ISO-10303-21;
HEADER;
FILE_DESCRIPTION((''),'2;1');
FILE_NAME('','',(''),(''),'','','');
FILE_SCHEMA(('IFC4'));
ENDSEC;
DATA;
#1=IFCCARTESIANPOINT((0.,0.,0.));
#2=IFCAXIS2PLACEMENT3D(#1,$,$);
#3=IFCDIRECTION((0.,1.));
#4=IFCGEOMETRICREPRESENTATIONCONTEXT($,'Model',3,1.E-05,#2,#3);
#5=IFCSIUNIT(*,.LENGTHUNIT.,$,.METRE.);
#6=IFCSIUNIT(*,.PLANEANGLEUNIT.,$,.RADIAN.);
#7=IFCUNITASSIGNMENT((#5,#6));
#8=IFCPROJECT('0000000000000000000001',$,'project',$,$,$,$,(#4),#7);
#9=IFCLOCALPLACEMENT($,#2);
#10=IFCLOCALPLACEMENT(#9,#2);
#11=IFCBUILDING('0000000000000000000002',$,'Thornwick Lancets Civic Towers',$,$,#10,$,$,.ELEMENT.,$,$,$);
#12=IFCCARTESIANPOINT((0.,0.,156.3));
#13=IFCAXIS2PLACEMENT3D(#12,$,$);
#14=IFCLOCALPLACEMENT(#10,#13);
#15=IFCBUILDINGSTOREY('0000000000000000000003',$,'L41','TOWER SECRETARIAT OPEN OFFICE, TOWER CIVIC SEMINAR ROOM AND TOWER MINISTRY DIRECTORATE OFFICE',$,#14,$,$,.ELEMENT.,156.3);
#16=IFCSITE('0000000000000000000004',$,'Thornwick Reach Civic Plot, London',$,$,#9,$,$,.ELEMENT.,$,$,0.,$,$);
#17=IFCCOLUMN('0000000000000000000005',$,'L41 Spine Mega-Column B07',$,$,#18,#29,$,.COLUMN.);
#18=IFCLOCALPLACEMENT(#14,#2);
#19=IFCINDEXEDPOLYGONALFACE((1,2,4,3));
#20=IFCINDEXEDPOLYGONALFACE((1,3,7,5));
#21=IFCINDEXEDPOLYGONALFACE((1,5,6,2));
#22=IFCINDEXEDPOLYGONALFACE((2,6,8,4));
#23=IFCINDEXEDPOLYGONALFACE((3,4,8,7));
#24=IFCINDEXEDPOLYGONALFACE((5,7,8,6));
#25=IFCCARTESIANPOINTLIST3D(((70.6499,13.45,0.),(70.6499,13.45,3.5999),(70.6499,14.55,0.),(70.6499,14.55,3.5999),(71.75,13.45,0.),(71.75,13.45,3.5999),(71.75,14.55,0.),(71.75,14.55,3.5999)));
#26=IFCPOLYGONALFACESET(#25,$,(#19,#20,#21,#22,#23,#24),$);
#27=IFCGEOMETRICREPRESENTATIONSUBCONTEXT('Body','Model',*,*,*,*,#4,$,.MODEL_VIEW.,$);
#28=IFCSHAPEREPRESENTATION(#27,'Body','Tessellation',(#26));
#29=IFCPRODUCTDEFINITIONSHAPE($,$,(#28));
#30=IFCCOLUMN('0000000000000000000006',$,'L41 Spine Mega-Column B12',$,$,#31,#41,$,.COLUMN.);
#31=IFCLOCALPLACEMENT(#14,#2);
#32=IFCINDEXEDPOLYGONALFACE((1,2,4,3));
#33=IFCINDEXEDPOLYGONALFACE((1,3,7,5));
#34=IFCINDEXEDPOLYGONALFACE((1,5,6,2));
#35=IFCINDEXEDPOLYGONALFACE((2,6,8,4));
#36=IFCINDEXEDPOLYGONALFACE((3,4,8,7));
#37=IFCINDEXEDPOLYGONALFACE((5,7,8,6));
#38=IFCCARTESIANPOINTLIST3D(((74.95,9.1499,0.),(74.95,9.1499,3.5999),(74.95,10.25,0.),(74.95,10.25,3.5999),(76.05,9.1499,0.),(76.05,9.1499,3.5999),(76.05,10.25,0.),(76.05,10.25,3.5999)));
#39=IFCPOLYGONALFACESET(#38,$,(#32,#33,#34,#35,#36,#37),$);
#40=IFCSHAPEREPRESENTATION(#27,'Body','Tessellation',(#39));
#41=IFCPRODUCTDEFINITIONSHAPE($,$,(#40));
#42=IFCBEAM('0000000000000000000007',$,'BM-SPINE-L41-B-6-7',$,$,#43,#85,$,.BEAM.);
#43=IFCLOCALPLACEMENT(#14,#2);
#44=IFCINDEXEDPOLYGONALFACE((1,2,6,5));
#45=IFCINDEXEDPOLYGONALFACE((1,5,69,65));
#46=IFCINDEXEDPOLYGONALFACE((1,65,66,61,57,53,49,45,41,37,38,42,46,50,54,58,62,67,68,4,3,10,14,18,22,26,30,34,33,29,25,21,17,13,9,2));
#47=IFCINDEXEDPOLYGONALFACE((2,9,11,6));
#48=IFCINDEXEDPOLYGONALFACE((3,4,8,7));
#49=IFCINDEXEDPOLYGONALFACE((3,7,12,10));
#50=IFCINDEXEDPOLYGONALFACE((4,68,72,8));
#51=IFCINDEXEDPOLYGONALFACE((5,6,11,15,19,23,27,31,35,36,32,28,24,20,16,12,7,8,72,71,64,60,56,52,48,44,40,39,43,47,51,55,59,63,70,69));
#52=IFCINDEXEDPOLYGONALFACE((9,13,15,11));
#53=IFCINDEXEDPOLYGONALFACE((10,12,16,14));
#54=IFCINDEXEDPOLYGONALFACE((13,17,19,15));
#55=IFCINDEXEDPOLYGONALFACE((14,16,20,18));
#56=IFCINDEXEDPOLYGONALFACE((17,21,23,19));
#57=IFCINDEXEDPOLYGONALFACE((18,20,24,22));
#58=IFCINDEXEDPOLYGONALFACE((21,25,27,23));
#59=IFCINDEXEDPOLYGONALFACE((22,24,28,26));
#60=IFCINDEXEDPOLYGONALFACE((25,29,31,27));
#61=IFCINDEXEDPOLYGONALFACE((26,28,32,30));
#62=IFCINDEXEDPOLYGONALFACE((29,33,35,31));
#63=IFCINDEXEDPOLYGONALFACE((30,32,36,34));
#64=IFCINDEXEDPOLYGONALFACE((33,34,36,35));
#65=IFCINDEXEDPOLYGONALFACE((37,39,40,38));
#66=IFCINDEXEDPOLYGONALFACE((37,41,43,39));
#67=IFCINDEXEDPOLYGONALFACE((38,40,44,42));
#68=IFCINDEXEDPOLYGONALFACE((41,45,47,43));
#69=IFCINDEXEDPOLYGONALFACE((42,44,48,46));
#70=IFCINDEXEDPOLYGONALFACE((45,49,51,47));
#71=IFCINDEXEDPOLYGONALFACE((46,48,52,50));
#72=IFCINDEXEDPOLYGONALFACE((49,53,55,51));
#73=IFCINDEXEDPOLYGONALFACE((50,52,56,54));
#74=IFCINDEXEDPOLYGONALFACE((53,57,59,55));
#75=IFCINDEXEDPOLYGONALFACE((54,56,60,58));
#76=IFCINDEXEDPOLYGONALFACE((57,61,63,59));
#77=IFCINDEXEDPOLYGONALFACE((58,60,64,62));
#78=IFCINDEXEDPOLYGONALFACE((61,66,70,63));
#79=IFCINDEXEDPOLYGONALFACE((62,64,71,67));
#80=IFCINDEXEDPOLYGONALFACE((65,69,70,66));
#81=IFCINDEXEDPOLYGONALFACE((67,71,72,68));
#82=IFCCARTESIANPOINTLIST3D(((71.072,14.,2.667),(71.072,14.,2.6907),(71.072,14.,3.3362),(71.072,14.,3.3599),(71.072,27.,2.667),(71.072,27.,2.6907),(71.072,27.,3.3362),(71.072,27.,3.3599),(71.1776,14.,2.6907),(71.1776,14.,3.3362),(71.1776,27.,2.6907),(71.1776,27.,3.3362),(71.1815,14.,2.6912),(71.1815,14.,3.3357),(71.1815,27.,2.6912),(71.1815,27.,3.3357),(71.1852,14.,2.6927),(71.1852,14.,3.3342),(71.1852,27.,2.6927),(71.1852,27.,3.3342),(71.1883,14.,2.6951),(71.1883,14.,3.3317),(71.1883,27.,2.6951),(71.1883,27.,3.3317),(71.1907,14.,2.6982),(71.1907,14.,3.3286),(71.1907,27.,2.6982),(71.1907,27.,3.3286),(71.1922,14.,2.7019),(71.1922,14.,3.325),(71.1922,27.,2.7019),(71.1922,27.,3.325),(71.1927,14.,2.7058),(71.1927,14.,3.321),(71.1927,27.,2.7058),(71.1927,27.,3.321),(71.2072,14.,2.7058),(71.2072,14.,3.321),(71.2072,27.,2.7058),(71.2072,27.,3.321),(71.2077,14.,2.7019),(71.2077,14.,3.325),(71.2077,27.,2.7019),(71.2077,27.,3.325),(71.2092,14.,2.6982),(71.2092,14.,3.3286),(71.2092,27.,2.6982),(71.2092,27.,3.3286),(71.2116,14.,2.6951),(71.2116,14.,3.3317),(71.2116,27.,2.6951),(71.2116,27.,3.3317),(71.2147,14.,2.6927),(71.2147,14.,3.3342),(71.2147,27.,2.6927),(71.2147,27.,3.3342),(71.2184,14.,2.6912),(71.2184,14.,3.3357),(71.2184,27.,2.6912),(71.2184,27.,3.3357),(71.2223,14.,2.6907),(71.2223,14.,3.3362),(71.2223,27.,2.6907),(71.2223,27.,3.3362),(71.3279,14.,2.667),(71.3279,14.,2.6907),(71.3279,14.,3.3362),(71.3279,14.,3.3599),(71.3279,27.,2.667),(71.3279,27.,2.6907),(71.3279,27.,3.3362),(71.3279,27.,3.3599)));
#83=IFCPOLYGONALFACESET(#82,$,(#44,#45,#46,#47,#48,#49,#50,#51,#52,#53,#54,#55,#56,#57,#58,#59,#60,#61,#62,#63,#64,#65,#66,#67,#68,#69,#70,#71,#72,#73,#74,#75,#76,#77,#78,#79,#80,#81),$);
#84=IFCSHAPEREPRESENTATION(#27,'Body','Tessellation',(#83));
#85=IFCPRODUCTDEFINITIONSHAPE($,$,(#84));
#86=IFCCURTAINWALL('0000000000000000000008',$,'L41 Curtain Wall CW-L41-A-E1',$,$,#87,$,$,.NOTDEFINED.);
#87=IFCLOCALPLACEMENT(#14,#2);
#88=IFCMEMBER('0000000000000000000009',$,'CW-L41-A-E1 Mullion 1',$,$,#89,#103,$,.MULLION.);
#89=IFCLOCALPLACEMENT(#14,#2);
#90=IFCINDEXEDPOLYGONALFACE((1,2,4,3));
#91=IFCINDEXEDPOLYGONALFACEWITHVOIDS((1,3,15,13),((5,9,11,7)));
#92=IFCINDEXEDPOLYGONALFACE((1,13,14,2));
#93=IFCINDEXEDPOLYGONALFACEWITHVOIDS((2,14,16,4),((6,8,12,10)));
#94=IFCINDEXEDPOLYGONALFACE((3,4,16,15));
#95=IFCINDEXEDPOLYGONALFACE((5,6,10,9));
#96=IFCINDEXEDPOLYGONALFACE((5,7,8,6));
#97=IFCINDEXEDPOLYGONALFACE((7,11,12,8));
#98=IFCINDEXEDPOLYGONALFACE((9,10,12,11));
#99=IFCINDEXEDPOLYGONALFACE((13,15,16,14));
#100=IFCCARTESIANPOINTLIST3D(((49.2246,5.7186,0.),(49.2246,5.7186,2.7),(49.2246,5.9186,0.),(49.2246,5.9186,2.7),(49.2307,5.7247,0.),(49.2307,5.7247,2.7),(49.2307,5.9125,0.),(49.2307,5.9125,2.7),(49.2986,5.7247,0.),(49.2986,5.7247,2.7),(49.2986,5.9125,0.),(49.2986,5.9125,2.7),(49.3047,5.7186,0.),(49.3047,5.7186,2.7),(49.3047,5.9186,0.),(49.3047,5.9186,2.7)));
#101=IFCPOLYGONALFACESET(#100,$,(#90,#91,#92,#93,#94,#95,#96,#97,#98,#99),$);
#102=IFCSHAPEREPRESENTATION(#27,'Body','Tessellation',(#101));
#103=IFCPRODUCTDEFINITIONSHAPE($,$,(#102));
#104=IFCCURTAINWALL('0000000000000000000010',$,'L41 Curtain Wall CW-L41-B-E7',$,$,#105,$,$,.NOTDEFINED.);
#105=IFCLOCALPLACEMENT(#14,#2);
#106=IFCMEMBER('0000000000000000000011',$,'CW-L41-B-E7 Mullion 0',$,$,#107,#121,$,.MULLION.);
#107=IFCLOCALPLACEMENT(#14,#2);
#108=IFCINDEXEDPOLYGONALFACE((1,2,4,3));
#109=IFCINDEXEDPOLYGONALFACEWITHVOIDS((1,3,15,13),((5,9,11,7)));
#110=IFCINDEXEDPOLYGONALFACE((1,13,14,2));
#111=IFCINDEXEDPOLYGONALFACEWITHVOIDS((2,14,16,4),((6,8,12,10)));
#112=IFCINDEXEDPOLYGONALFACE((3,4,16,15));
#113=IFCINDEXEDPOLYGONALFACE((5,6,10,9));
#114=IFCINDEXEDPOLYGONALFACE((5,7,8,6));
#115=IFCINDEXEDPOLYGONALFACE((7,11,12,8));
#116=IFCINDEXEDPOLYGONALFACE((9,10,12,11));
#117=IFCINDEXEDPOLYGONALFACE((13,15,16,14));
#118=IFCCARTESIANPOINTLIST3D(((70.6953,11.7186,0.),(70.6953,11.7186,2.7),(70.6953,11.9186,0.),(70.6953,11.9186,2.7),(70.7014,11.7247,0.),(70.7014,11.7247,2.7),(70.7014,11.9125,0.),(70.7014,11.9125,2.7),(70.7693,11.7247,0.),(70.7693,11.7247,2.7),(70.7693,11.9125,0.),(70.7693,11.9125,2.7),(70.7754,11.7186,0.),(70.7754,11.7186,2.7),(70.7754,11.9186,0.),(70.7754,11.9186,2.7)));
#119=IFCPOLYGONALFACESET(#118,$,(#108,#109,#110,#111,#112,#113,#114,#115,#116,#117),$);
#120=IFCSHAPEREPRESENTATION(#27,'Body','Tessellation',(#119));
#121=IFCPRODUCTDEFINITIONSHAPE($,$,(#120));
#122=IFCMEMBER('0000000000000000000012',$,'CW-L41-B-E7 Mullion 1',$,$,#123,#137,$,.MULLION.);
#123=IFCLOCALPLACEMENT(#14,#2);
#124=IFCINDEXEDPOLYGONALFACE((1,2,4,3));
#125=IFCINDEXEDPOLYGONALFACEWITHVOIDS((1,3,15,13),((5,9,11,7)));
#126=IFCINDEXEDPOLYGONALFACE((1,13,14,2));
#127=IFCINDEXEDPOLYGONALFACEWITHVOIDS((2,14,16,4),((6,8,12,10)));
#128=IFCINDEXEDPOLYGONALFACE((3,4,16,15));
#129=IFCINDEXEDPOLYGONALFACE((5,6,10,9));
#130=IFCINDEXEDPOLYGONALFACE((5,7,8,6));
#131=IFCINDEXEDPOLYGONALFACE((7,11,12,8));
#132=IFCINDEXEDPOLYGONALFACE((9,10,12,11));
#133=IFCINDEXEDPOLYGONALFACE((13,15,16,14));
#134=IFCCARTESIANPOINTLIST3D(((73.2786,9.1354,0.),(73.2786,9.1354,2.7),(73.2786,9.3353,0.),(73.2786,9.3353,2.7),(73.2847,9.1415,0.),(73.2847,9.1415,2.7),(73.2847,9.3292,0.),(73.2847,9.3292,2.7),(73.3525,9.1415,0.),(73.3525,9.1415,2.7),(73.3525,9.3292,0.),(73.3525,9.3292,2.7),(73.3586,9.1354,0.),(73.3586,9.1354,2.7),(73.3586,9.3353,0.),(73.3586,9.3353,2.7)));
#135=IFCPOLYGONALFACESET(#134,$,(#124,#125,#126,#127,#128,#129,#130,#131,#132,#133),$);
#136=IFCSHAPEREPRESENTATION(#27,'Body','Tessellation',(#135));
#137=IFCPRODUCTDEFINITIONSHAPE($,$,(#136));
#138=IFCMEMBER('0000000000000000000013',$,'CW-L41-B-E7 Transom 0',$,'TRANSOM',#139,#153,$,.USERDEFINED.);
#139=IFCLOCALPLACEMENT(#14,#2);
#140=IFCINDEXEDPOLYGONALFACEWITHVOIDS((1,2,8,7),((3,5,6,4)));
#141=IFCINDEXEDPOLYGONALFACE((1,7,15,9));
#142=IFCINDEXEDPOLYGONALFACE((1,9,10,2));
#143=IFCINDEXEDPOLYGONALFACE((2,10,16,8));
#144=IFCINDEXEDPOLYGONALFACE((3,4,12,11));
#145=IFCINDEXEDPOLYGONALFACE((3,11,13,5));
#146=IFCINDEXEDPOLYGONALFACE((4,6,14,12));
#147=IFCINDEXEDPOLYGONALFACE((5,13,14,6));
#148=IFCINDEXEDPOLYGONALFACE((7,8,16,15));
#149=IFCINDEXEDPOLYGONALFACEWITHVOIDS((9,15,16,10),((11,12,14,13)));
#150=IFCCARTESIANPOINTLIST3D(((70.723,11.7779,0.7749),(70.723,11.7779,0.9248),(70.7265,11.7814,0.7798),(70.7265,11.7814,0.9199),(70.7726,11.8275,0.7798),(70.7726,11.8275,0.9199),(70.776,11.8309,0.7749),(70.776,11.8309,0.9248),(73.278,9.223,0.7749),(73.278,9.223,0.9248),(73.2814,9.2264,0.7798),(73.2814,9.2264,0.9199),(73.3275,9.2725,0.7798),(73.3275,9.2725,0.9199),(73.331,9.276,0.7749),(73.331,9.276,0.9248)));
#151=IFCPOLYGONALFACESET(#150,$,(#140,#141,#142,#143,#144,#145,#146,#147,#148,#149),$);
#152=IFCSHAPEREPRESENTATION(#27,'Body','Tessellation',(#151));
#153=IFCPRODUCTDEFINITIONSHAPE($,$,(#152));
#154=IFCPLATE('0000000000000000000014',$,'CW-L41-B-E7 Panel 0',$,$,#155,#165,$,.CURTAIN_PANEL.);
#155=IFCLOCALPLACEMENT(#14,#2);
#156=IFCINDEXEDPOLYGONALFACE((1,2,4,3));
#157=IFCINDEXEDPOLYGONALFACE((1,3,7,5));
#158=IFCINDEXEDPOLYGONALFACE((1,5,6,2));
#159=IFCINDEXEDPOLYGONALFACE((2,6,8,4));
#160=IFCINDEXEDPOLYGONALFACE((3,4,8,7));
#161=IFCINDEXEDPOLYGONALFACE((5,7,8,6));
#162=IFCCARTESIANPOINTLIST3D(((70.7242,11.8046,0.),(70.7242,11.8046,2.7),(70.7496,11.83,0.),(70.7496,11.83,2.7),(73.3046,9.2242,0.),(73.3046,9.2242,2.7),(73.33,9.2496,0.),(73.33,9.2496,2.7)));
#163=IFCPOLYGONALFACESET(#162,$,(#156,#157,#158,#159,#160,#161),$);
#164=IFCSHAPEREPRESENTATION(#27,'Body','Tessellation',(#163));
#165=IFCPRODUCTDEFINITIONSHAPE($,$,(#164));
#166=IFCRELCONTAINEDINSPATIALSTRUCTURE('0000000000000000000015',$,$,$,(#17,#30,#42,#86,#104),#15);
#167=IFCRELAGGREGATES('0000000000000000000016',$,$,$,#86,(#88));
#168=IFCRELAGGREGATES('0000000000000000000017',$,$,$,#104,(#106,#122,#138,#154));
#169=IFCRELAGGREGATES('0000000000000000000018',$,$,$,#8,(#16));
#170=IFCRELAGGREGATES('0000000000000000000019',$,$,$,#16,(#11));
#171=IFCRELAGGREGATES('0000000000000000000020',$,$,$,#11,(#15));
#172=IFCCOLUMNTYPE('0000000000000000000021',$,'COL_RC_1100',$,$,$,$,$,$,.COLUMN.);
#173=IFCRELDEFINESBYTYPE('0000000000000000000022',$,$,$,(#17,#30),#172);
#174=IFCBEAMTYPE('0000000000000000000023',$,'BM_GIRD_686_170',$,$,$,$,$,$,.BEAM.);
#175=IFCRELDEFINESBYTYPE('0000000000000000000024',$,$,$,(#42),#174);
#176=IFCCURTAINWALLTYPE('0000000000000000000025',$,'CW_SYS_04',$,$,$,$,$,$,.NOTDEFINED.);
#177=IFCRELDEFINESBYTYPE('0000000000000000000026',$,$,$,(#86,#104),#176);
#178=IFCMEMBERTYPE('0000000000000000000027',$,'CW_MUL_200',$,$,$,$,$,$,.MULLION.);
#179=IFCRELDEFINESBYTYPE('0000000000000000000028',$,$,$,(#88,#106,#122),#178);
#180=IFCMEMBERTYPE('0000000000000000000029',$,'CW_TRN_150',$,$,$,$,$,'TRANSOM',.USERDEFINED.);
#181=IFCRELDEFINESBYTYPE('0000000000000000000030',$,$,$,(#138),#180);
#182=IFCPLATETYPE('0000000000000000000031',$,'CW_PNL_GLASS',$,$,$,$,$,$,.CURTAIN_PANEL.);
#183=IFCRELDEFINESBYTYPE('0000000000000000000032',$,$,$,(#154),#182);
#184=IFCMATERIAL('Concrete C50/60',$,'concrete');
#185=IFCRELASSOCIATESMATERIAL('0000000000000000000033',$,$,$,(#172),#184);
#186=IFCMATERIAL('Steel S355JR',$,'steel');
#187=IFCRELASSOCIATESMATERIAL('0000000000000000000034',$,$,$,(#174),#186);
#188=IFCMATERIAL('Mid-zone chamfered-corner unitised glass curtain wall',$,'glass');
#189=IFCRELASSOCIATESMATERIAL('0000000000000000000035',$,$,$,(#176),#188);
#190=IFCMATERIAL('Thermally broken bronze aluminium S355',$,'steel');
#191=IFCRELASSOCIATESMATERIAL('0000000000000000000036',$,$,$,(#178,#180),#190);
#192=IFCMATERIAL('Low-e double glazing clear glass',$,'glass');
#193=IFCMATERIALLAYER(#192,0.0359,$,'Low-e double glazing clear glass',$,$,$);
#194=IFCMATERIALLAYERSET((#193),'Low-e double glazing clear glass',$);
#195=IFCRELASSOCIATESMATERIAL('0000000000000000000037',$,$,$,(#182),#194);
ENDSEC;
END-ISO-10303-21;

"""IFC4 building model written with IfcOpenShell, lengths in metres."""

from ifc_helpers import new_model, si_unit, direction, frame, origin, origin_2d, place, context, subcontext, project, spatial, rectangle, hollow_rectangle, i_section, extrude, material, layer, layer_set, material_profile, profile_set, type_object, element, aggregate, save


model = new_model("IFC4")

# Units and contexts
model_context = context("Model", 3, precision=1e-05, world=origin(), true_north=direction((0.0, 1.0)))
body_context = subcontext(model_context, "Body", "Model", "MODEL_VIEW")
ifc_project = project(units=[si_unit("LENGTHUNIT", "METRE"), si_unit("PLANEANGLEUNIT", "RADIAN")], contexts=[model_context])

# Site, building, storey
site_placement = place(None, origin())
site = spatial("IfcSite", under=ifc_project, at=site_placement, Name="Thornwick Reach Civic Plot, London", CompositionType="ELEMENT", RefElevation=0.0)
building_placement = place(site_placement, origin())
building = spatial("IfcBuilding", under=site, at=building_placement, Name="Thornwick Lancets Civic Towers", CompositionType="ELEMENT")
storey_placement = place(building_placement, frame((0.0, 0.0, 156.3)))
storey = spatial("IfcBuildingStorey", under=building, at=storey_placement, Name="L41", Description="TOWER SECRETARIAT OPEN OFFICE, TOWER CIVIC SEMINAR ROOM AND TOWER MINISTRY DIRECTORATE OFFICE", CompositionType="ELEMENT", Elevation=156.3)

# Columns
ifc_material_1 = material(Name="Concrete C50/60", Category="concrete")
ifc_material_profile_1 = material_profile(ifc_material_1, rectangle(XDim=1.1001, YDim=1.1001, at=origin_2d()), Name="RC 1100x1100")
ifc_profile_set_1 = profile_set([ifc_material_profile_1], Name="Concrete C50/60")
column_type = type_object("IfcColumnType", Name="COL_RC_1100", PredefinedType="COLUMN", material=ifc_profile_set_1)
for number, where, z_axis, x_axis, name in (
    (1, (71.2, 14.0, 0.0), (0.0, 0.0, 1.0), (1.0, 0.0, 0.0), "L41 Spine Mega-Column B07"),
    (2, (75.5, 9.7, 0.0), (0.0, 0.0, 1.0), (1.0, 0.0, 0.0), "L41 Spine Mega-Column B12"),
):
    element("IfcColumn", number, at=place(storey_placement, frame(where, z_axis=z_axis, x_axis=x_axis)), inside=storey, type_object=column_type, Name=name, PredefinedType="COLUMN", context=body_context, shape_type="SweptSolid", body=[
        extrude(rectangle(XDim=1.1001, YDim=1.1001, at=origin_2d()), origin(), (0.0, 0.0, 1.0), 3.5999),
    ])

# Beam
ifc_material_2 = material(Name="Steel S355JR", Category="steel")
ifc_material_profile_2 = material_profile(ifc_material_2, i_section(OverallWidth=0.2559, OverallDepth=0.6929, WebThickness=0.0144, FlangeThickness=0.0237, FilletRadius=0.0151, at=origin_2d()), Name="UKB 686x254x170")
ifc_profile_set_2 = profile_set([ifc_material_profile_2], Name="Steel S355JR")
beam_type = type_object("IfcBeamType", Name="BM_GIRD_686_170", PredefinedType="BEAM", material=ifc_profile_set_2)
beam_placement = place(storey_placement, frame((71.2, 14.0, 3.0134), z_axis=(0.0, 1.0, 0.0), x_axis=(-1.0, 0.0, 0.0)))
element("IfcBeam", 3, at=beam_placement, inside=storey, type_object=beam_type, Name="BM-SPINE-L41-B-6-7", PredefinedType="BEAM", context=body_context, shape_type="SweptSolid", body=[
    extrude(i_section(OverallWidth=0.2559, OverallDepth=0.6929, WebThickness=0.0144, FlangeThickness=0.0237, FilletRadius=0.0151, at=origin_2d()), origin(), (0.0, 0.0, 1.0), 13.0),
])

# Curtain wall, member
ifc_material_3 = material(Name="Mid-zone chamfered-corner unitised glass curtain wall", Category="glass")
curtain_wall_type = type_object("IfcCurtainWallType", Name="CW_SYS_04", PredefinedType="NOTDEFINED", material=ifc_material_3)
curtain_wall_1_placement = place(storey_placement, origin())
curtain_wall_1 = element("IfcCurtainWall", 4, at=curtain_wall_1_placement, inside=storey, type_object=curtain_wall_type, Name="L41 Curtain Wall CW-L41-A-E1", PredefinedType="NOTDEFINED")
ifc_material_4 = material(Name="Thermally broken bronze aluminium S355", Category="steel")
ifc_material_profile_3 = material_profile(ifc_material_4, hollow_rectangle(XDim=0.0801, YDim=0.2, WallThickness=0.0061, at=origin_2d()), Name="RHS 200x80x6")
ifc_profile_set_3 = profile_set([ifc_material_profile_3], Name="Thermally broken bronze aluminium S355")
member_type_1 = type_object("IfcMemberType", Name="CW_MUL_200", PredefinedType="MULLION", material=ifc_profile_set_3)
member_1_placement = place(storey_placement, frame((49.2646, 5.8186, 0.0), z_axis=(0.0, 0.0, 1.0), x_axis=(1.0, 0.0, 0.0)))
member_1 = element("IfcMember", 5, at=member_1_placement, type_object=member_type_1, Name="CW-L41-A-E1 Mullion 1", PredefinedType="MULLION", context=body_context, shape_type="SweptSolid", body=[
    extrude(hollow_rectangle(XDim=0.0801, YDim=0.2, WallThickness=0.0061, at=origin_2d()), origin(), (0.0, 0.0, 1.0), 2.7),
])
aggregate(curtain_wall_1, [member_1])

# Curtain wall, members, plate
curtain_wall_2_placement = place(storey_placement, origin())
curtain_wall_2 = element("IfcCurtainWall", 6, at=curtain_wall_2_placement, inside=storey, type_object=curtain_wall_type, Name="L41 Curtain Wall CW-L41-B-E7", PredefinedType="NOTDEFINED")
member_2_placement = place(storey_placement, frame((70.7354, 11.8186, 0.0), z_axis=(0.0, 0.0, 1.0), x_axis=(1.0, 0.0, 0.0)))
member_2 = element("IfcMember", 7, at=member_2_placement, type_object=member_type_1, Name="CW-L41-B-E7 Mullion 0", PredefinedType="MULLION", context=body_context, shape_type="SweptSolid", body=[
    extrude(hollow_rectangle(XDim=0.0801, YDim=0.2, WallThickness=0.0061, at=origin_2d()), origin(), (0.0, 0.0, 1.0), 2.7),
])
member_3_placement = place(storey_placement, frame((73.3186, 9.2354, 0.0), z_axis=(0.0, 0.0, 1.0), x_axis=(1.0, 0.0, 0.0)))
member_3 = element("IfcMember", 8, at=member_3_placement, type_object=member_type_1, Name="CW-L41-B-E7 Mullion 1", PredefinedType="MULLION", context=body_context, shape_type="SweptSolid", body=[
    extrude(hollow_rectangle(XDim=0.0801, YDim=0.2, WallThickness=0.0061, at=origin_2d()), origin(), (0.0, 0.0, 1.0), 2.7),
])
ifc_material_profile_4 = material_profile(ifc_material_4, hollow_rectangle(XDim=0.075, YDim=0.1499, WallThickness=0.0049, at=origin_2d()), Name="RHS 150x75x5")
ifc_profile_set_4 = profile_set([ifc_material_profile_4], Name="Thermally broken bronze aluminium S355")
member_type_2 = type_object("IfcMemberType", Name="CW_TRN_150", ElementType="TRANSOM", PredefinedType="USERDEFINED", material=ifc_profile_set_4)
member_4_placement = place(storey_placement, frame((70.7495, 11.8044, 0.8499), z_axis=(0.707107, -0.707107, 0.0), x_axis=(0.707107, 0.707107, 0.0)))
member_4 = element("IfcMember", 9, at=member_4_placement, type_object=member_type_2, Name="CW-L41-B-E7 Transom 0", ObjectType="TRANSOM", PredefinedType="USERDEFINED", context=body_context, shape_type="SweptSolid", body=[
    extrude(hollow_rectangle(XDim=0.075, YDim=0.1499, WallThickness=0.0049, at=origin_2d()), origin(), (0.0, 0.0, 1.0), 3.6133),
])
ifc_material_5 = material(Name="Low-e double glazing clear glass", Category="glass")
ifc_layer_1 = layer(ifc_material_5, 0.0359, Name="Low-e double glazing clear glass")
ifc_layer_set_1 = layer_set([ifc_layer_1], Name="Low-e double glazing clear glass")
plate_type = type_object("IfcPlateType", Name="CW_PNL_GLASS", PredefinedType="CURTAIN_PANEL", material=ifc_layer_set_1)
plate_placement = place(storey_placement, frame((72.0271, 10.5271, 0.0), z_axis=(0.0, 0.0, 1.0), x_axis=(0.707107, -0.707107, 0.0)))
plate = element("IfcPlate", 10, at=plate_placement, type_object=plate_type, Name="CW-L41-B-E7 Panel 0", PredefinedType="CURTAIN_PANEL", context=body_context, shape_type="SweptSolid", body=[
    extrude(rectangle(XDim=3.6492, YDim=0.0359, at=origin_2d()), origin(), (0.0, 0.0, 1.0), 2.7),
])
aggregate(curtain_wall_2, [member_2, member_3, member_4, plate])

save(model, "model.ifc")
